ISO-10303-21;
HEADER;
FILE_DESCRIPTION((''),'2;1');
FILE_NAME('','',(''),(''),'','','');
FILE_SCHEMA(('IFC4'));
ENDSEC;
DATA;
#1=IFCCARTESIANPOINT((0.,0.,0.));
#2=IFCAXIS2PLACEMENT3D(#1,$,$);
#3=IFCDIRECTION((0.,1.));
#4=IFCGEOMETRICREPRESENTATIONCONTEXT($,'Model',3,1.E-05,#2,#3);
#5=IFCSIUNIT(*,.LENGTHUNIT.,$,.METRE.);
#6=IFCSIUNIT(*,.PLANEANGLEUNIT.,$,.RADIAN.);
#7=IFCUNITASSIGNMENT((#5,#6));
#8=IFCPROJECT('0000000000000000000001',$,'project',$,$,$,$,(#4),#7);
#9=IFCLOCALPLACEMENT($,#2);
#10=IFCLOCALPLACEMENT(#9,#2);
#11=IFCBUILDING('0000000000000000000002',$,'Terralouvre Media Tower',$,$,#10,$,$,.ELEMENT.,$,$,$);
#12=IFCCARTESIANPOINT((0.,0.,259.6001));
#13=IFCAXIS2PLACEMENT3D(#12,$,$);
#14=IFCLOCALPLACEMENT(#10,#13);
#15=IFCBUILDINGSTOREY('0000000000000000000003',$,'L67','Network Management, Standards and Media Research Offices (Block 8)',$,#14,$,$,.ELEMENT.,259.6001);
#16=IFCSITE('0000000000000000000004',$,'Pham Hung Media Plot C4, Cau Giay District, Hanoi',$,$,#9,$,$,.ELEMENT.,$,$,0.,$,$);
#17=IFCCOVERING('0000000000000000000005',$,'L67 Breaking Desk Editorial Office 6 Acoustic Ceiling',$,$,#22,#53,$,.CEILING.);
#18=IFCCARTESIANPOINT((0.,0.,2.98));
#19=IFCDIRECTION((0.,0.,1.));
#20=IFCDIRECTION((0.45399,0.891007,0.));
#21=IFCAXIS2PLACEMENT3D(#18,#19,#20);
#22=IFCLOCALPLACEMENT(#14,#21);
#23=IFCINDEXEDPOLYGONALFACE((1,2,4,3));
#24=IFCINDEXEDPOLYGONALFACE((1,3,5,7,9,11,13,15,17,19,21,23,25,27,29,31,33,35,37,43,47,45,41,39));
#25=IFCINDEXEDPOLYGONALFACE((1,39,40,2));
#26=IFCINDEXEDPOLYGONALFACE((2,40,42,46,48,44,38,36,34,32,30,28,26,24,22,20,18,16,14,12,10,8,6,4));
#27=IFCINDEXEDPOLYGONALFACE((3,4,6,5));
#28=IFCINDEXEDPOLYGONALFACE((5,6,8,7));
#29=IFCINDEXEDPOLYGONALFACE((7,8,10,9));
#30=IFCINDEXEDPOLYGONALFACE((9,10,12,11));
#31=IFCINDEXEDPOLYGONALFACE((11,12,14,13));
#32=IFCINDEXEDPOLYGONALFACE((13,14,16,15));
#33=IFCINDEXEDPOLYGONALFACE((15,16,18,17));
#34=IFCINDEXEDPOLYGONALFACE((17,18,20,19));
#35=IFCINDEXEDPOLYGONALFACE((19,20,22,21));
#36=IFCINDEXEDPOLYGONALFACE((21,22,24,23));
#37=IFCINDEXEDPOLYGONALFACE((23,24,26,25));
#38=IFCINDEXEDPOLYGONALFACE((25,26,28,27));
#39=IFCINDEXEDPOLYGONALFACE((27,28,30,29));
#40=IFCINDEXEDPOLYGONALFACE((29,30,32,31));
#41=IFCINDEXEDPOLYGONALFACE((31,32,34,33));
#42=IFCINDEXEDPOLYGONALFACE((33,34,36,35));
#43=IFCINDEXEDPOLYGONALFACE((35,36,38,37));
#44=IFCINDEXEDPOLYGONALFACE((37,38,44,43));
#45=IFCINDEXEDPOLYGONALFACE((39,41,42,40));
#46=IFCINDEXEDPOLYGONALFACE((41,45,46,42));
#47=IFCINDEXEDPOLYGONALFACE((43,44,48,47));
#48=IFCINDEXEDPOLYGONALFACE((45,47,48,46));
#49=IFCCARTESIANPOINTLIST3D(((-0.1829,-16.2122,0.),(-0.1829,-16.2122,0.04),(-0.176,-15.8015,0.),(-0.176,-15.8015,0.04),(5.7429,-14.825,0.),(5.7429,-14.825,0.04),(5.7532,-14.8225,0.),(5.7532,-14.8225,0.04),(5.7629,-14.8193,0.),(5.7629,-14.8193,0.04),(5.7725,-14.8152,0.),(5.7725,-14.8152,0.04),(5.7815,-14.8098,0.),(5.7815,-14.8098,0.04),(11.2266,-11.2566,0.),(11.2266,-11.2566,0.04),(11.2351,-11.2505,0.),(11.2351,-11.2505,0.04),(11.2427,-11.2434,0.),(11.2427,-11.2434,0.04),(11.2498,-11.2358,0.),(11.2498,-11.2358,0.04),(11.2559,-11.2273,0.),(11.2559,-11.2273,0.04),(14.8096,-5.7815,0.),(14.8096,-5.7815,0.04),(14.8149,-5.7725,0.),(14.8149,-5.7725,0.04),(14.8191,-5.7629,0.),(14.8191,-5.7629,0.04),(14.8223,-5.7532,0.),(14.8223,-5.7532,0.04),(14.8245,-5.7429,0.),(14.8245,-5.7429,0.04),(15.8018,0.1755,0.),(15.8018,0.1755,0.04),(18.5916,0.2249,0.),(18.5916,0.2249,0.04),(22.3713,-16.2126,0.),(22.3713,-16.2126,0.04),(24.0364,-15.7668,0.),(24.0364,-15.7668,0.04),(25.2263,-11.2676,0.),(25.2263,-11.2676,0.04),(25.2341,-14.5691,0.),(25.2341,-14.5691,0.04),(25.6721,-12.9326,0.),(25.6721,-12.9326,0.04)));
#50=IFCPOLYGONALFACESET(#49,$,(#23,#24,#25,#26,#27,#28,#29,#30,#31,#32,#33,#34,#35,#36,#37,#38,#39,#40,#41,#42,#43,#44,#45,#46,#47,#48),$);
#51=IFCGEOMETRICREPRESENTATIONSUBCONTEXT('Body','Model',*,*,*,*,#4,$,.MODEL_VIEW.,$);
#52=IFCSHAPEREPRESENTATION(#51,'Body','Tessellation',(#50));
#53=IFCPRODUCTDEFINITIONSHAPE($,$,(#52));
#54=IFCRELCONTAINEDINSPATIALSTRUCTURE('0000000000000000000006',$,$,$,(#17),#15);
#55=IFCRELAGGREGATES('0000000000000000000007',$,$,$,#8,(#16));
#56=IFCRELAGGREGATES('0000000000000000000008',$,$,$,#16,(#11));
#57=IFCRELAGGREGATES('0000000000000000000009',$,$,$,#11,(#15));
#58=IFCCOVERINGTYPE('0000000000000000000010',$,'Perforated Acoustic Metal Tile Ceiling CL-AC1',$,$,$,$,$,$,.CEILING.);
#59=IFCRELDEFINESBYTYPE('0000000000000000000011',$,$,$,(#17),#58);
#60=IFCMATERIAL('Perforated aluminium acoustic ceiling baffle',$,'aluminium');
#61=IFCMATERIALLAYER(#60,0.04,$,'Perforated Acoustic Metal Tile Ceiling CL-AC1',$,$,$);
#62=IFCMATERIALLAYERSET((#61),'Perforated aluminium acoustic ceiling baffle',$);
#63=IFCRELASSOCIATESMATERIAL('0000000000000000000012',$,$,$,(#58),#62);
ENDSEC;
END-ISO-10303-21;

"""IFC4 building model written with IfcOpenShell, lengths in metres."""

from ifc_helpers import new_model, si_unit, direction, frame, origin, place, context, subcontext, project, spatial, polyline, outline, extrude, material, layer, layer_set, type_object, element, save


model = new_model("IFC4")

# Units and contexts
model_context = context("Model", 3, precision=1e-05, world=origin(), true_north=direction((0.0, 1.0)))
body_context = subcontext(model_context, "Body", "Model", "MODEL_VIEW")
ifc_project = project(units=[si_unit("LENGTHUNIT", "METRE"), si_unit("PLANEANGLEUNIT", "RADIAN")], contexts=[model_context])

# Site, building, storey
site_placement = place(None, origin())
site = spatial("IfcSite", under=ifc_project, at=site_placement, Name="Pham Hung Media Plot C4, Cau Giay District, Hanoi", CompositionType="ELEMENT", RefElevation=0.0)
building_placement = place(site_placement, origin())
building = spatial("IfcBuilding", under=site, at=building_placement, Name="Terralouvre Media Tower", CompositionType="ELEMENT")
storey_placement = place(building_placement, frame((0.0, 0.0, 259.6001)))
storey = spatial("IfcBuildingStorey", under=building, at=storey_placement, Name="L67", Description="Network Management, Standards and Media Research Offices (Block 8)", CompositionType="ELEMENT", Elevation=259.6001)

# Covering
ifc_material_1 = material(Name="Perforated aluminium acoustic ceiling baffle", Category="aluminium")
ifc_layer_1 = layer(ifc_material_1, 0.04, Name="Perforated Acoustic Metal Tile Ceiling CL-AC1")
ifc_layer_set_1 = layer_set([ifc_layer_1], Name="Perforated aluminium acoustic ceiling baffle")
covering_type = type_object("IfcCoveringType", Name="Perforated Acoustic Metal Tile Ceiling CL-AC1", PredefinedType="CEILING", material=ifc_layer_set_1)
covering_placement = place(storey_placement, frame((0.0, 0.0, 2.98), z_axis=(0.0, 0.0, 1.0), x_axis=(0.45399, 0.891007, 0.0)))
element("IfcCovering", 1, at=covering_placement, inside=storey, type_object=covering_type, Name="L67 Breaking Desk Editorial Office 6 Acoustic Ceiling", PredefinedType="CEILING", context=body_context, shape_type="SweptSolid", body=[
    extrude(outline(polyline([(14.8245, -5.7429), (14.8223, -5.7532), (14.8191, -5.7629), (14.8149, -5.7725), (14.8096, -5.7815), (11.2559, -11.2273), (11.2498, -11.2358), (11.2427, -11.2434), (11.2351, -11.2505), (11.2266, -11.2566), (5.7815, -14.8098), (5.7725, -14.8152), (5.7629, -14.8193), (5.7532, -14.8225), (5.7429, -14.825), (-0.176, -15.8015), (-0.1829, -16.2122), (22.3713, -16.2126), (24.0364, -15.7668), (25.2341, -14.5691), (25.6721, -12.9326), (25.2263, -11.2676), (18.5916, 0.2249), (15.8018, 0.1755), (14.8245, -5.7429)])), origin(), (0.0, 0.0, 1.0), 0.04),
])

save(model, "model.ifc")
